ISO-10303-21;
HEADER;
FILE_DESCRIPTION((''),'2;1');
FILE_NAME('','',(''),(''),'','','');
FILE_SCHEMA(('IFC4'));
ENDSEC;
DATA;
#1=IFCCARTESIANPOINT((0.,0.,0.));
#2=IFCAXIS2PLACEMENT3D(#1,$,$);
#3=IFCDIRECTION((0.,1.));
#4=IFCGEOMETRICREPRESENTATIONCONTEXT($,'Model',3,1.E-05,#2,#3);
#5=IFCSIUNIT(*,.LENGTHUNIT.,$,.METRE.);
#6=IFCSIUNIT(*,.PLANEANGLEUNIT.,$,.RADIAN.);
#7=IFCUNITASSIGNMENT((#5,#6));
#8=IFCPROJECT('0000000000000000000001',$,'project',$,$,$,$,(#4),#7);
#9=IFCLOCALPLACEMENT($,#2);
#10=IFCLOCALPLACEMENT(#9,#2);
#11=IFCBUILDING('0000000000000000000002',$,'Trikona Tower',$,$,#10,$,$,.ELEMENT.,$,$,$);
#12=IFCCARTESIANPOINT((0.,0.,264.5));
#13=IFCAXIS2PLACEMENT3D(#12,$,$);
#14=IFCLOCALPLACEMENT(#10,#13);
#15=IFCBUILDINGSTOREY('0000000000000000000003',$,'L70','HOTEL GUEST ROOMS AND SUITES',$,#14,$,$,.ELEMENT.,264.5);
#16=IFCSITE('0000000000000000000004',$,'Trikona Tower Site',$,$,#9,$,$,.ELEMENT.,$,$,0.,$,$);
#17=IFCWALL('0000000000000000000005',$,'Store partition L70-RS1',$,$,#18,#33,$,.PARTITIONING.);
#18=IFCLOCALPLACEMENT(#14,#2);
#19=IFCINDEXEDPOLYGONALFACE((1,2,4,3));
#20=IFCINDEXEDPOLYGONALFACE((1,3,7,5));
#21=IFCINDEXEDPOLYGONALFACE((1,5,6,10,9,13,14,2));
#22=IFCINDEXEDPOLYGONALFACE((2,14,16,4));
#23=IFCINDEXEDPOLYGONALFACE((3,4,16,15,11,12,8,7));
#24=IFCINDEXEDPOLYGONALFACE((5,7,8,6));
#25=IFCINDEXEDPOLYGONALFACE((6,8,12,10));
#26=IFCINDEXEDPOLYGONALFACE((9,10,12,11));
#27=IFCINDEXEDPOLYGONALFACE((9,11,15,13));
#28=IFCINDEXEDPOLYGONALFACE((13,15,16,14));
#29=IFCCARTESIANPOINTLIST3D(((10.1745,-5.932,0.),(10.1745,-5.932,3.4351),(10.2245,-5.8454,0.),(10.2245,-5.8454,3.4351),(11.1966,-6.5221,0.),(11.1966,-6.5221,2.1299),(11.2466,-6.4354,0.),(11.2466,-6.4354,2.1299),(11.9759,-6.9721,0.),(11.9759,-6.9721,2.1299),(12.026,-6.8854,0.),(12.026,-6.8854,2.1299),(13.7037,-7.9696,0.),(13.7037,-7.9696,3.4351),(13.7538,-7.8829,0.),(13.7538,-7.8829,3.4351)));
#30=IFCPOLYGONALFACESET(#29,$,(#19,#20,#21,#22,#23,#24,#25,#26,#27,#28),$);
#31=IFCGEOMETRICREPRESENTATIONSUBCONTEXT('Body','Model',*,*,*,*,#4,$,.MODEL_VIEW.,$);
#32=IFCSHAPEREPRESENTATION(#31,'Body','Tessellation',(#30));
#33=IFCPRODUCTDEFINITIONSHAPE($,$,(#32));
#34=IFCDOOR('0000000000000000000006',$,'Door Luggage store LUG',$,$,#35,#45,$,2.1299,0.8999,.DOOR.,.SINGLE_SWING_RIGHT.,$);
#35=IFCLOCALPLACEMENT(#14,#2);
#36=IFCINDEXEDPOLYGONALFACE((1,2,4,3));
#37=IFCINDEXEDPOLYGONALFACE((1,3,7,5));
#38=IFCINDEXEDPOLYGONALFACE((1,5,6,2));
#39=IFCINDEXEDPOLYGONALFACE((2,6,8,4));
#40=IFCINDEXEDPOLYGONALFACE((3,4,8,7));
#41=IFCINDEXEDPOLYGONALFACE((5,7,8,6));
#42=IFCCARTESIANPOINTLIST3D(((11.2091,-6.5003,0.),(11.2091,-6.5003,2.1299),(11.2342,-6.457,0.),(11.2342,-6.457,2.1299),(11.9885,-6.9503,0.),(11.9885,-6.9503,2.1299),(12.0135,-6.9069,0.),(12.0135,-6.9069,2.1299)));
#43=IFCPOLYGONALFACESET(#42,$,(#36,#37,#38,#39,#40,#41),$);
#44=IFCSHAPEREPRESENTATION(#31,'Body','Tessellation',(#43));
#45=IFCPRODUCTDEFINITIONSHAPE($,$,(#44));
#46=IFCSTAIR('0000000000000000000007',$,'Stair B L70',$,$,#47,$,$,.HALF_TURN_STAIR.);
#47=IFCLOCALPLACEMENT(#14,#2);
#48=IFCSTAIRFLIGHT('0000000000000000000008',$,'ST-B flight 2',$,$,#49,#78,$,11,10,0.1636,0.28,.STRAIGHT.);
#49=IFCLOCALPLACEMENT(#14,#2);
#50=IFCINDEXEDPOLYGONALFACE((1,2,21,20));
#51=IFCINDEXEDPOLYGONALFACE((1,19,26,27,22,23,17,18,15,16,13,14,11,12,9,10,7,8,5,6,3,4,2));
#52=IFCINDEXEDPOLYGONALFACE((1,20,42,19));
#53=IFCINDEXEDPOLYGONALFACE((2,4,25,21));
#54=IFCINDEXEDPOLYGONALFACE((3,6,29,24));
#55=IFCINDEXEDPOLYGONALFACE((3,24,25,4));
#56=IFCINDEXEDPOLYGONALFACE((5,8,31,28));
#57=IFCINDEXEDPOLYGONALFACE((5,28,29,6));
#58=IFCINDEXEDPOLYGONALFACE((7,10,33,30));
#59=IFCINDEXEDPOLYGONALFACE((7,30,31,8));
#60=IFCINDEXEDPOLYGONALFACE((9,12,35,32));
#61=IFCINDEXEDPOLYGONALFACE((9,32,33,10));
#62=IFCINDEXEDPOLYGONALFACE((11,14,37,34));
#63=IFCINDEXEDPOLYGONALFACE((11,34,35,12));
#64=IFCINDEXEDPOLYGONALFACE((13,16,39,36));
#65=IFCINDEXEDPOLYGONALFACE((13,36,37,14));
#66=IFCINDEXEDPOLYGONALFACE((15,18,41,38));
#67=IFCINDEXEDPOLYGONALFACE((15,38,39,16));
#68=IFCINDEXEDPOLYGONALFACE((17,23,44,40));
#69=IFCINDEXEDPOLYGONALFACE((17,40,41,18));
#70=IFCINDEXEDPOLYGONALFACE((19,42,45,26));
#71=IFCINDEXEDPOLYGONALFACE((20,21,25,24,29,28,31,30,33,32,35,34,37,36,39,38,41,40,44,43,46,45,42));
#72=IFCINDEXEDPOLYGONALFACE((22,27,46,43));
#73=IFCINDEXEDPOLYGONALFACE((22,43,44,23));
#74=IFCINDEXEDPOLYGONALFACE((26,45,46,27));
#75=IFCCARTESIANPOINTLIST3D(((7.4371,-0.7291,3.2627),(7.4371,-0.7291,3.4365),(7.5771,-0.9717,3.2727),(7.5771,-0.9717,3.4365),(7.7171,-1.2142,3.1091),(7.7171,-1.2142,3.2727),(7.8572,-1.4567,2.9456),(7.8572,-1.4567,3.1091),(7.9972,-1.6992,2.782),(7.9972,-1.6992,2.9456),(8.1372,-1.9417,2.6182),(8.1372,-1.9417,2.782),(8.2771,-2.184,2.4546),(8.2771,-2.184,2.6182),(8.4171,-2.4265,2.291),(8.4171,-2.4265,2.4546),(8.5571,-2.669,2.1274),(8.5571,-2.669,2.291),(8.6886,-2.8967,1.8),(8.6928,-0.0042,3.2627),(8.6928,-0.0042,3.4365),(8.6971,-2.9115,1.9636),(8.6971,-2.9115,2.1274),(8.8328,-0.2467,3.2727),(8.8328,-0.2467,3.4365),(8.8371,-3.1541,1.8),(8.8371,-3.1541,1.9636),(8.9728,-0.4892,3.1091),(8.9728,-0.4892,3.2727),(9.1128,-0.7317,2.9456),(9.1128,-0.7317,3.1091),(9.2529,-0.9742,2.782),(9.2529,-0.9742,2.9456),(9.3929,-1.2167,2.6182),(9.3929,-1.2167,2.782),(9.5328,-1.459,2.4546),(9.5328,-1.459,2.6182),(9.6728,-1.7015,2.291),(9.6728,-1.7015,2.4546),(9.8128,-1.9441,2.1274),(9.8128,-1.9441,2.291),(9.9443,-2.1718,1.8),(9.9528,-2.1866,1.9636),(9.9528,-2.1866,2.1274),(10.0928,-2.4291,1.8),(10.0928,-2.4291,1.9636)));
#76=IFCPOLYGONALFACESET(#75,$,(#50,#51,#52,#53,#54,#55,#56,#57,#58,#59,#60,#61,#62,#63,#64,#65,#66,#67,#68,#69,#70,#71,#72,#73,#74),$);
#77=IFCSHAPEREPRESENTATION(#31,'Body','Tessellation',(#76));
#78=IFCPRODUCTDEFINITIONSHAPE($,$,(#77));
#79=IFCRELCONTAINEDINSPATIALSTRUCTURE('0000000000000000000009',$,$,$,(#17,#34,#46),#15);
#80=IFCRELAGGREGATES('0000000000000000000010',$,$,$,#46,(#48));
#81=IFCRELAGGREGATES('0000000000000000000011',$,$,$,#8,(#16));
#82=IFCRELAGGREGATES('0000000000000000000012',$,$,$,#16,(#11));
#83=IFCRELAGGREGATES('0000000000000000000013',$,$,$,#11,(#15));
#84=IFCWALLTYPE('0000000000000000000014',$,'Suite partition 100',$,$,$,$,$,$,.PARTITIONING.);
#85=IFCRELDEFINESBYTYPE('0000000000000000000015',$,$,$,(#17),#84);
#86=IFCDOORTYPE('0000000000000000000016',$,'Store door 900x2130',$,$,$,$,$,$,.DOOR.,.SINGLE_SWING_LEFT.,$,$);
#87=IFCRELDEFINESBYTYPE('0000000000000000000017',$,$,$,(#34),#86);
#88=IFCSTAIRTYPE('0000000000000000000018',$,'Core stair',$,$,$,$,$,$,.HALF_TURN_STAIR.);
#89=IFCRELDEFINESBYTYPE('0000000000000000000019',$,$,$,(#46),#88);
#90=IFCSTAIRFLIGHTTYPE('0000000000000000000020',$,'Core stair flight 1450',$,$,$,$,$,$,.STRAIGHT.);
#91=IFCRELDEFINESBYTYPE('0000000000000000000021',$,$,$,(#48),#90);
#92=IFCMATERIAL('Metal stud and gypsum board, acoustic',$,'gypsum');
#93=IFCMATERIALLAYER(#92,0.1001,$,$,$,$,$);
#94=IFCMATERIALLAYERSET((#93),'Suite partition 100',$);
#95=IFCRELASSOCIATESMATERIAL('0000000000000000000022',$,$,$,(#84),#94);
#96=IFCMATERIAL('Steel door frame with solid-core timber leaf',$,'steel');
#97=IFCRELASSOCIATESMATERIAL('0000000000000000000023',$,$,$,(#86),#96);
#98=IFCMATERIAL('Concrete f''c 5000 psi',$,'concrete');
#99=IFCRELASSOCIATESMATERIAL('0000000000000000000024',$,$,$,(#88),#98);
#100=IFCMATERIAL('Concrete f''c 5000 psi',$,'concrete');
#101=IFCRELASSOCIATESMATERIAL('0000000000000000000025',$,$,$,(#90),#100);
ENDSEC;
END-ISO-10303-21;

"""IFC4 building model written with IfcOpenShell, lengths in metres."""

from ifc_helpers import new_model, si_unit, direction, frame, frame_2d, origin, place, context, subcontext, project, spatial, polyline, rectangle, outline, extrude, material, layer, layer_set, type_object, element, fill, aggregate, save


model = new_model("IFC4")

# Units and contexts
model_context = context("Model", 3, precision=1e-05, world=origin(), true_north=direction((0.0, 1.0)))
body_context = subcontext(model_context, "Body", "Model", "MODEL_VIEW")
ifc_project = project(units=[si_unit("LENGTHUNIT", "METRE"), si_unit("PLANEANGLEUNIT", "RADIAN")], contexts=[model_context])

# Site, building, storey
site_placement = place(None, origin())
site = spatial("IfcSite", under=ifc_project, at=site_placement, Name="Trikona Tower Site", CompositionType="ELEMENT", RefElevation=0.0)
building_placement = place(site_placement, origin())
building = spatial("IfcBuilding", under=site, at=building_placement, Name="Trikona Tower", CompositionType="ELEMENT")
storey_placement = place(building_placement, frame((0.0, 0.0, 264.5)))
storey = spatial("IfcBuildingStorey", under=building, at=storey_placement, Name="L70", Description="HOTEL GUEST ROOMS AND SUITES", CompositionType="ELEMENT", Elevation=264.5)

# Wall, opening, door
ifc_material_1 = material(Name="Metal stud and gypsum board, acoustic", Category="gypsum")
ifc_layer_1 = layer(ifc_material_1, 0.1001)
ifc_layer_set_1 = layer_set([ifc_layer_1], Name="Suite partition 100")
wall_type_1 = type_object("IfcWallType", Name="Suite partition 100", PredefinedType="PARTITIONING", material=ifc_layer_set_1)
wall_1_placement = place(storey_placement, frame((13.7288, -7.9263, 0.0), z_axis=(0.0, 0.0, 1.0), x_axis=(-0.86603, 0.499992, 0.0)))
wall_1 = element("IfcWall", 1, at=wall_1_placement, inside=storey, type_object=wall_type_1, Name="Store partition L70-RS1", PredefinedType="PARTITIONING", context=body_context, shape_type="SweptSolid", body=[
    extrude(rectangle(XDim=4.0752, YDim=0.1001, at=frame_2d((2.0376, 0.0))), origin(), (0.0, 0.0, 1.0), 3.4351),
])
opening_1_placement = place(wall_1_placement, frame((1.9951, 0.0, 0.0)))
opening_1 = element("IfcOpeningElement", 2, at=opening_1_placement, cuts=wall_1, PredefinedType="OPENING", context=body_context, shape_type="SweptSolid", body=[
    extrude(rectangle(XDim=0.8999, YDim=2.1299, at=frame_2d((0.45, 1.0649))), frame((0.0, 0.0601, 0.0), z_axis=(0.0, -1.0, 0.0), x_axis=(1.0, 0.0, 0.0)), (0.0, 0.0, 1.0), 0.1201),
])
ifc_material_2 = material(Name="Steel door frame with solid-core timber leaf", Category="steel")
door_type_1 = type_object("IfcDoorType", Name="Store door 900x2130", OperationType="SINGLE_SWING_LEFT", PredefinedType="DOOR", material=ifc_material_2)
door_1_placement = place(opening_1_placement, origin())
door_1 = element("IfcDoor", 3, at=door_1_placement, inside=storey, type_object=door_type_1, Name="Door Luggage store LUG", OperationType="SINGLE_SWING_RIGHT", OverallHeight=2.1299, OverallWidth=0.8999, PredefinedType="DOOR", context=body_context, shape_type="SweptSolid", body=[
    extrude(rectangle(XDim=0.8999, YDim=2.1299, at=frame_2d((0.45, 1.0649))), frame((0.0, 0.0249, 0.0), z_axis=(0.0, -1.0, 0.0), x_axis=(1.0, 0.0, 0.0)), (0.0, 0.0, 1.0), 0.05),
])
fill(opening_1, door_1)

# Stair, stair flight
ifc_material_3 = material(Name="Concrete f'c 5000 psi", Category="concrete")
stair_type = type_object("IfcStairType", Name="Core stair", PredefinedType="HALF_TURN_STAIR", material=ifc_material_3)
stair_placement = place(storey_placement, origin())
stair = element("IfcStair", 4, at=stair_placement, inside=storey, type_object=stair_type, Name="Stair B L70", PredefinedType="HALF_TURN_STAIR")
ifc_material_4 = material(Name="Concrete f'c 5000 psi", Category="concrete")
stair_flight_type = type_object("IfcStairFlightType", Name="Core stair flight 1450", PredefinedType="STRAIGHT", material=ifc_material_4)
stair_flight_placement = place(storey_placement, frame((9.4651, -2.7915, 1.8), z_axis=(0.0, 0.0, 1.0), x_axis=(-0.5, 0.866025, 0.0)))
stair_flight = element("IfcStairFlight", 5, at=stair_flight_placement, type_object=stair_flight_type, Name="ST-B flight 2", NumberOfRisers=11, NumberOfTreads=10, PredefinedType="STRAIGHT", RiserHeight=0.1636, TreadLength=0.28, context=body_context, shape_type="SweptSolid", body=[
    extrude(outline(polyline([(0.0, 0.0), (0.0, 0.1636), (0.28, 0.1636), (0.28, 0.3274), (0.5601, 0.3274), (0.5601, 0.491), (0.8401, 0.491), (0.8401, 0.6545), (1.1201, 0.6545), (1.1201, 0.8181), (1.3999, 0.8181), (1.3999, 0.9819), (1.6799, 0.9819), (1.6799, 1.1455), (1.96, 1.1455), (1.96, 1.3091), (2.24, 1.3091), (2.24, 1.4727), (2.52, 1.4727), (2.52, 1.6365), (2.8, 1.6365), (2.8, 1.8), (2.8, 1.4626), (0.2971, 0.0), (0.0, 0.0)])), frame((0.0, 0.7251, 0.0), z_axis=(0.0, -1.0, 0.0), x_axis=(1.0, 0.0, 0.0)), (0.0, 0.0, 1.0), 1.45),
])
aggregate(stair, [stair_flight])

save(model, "model.ifc")
